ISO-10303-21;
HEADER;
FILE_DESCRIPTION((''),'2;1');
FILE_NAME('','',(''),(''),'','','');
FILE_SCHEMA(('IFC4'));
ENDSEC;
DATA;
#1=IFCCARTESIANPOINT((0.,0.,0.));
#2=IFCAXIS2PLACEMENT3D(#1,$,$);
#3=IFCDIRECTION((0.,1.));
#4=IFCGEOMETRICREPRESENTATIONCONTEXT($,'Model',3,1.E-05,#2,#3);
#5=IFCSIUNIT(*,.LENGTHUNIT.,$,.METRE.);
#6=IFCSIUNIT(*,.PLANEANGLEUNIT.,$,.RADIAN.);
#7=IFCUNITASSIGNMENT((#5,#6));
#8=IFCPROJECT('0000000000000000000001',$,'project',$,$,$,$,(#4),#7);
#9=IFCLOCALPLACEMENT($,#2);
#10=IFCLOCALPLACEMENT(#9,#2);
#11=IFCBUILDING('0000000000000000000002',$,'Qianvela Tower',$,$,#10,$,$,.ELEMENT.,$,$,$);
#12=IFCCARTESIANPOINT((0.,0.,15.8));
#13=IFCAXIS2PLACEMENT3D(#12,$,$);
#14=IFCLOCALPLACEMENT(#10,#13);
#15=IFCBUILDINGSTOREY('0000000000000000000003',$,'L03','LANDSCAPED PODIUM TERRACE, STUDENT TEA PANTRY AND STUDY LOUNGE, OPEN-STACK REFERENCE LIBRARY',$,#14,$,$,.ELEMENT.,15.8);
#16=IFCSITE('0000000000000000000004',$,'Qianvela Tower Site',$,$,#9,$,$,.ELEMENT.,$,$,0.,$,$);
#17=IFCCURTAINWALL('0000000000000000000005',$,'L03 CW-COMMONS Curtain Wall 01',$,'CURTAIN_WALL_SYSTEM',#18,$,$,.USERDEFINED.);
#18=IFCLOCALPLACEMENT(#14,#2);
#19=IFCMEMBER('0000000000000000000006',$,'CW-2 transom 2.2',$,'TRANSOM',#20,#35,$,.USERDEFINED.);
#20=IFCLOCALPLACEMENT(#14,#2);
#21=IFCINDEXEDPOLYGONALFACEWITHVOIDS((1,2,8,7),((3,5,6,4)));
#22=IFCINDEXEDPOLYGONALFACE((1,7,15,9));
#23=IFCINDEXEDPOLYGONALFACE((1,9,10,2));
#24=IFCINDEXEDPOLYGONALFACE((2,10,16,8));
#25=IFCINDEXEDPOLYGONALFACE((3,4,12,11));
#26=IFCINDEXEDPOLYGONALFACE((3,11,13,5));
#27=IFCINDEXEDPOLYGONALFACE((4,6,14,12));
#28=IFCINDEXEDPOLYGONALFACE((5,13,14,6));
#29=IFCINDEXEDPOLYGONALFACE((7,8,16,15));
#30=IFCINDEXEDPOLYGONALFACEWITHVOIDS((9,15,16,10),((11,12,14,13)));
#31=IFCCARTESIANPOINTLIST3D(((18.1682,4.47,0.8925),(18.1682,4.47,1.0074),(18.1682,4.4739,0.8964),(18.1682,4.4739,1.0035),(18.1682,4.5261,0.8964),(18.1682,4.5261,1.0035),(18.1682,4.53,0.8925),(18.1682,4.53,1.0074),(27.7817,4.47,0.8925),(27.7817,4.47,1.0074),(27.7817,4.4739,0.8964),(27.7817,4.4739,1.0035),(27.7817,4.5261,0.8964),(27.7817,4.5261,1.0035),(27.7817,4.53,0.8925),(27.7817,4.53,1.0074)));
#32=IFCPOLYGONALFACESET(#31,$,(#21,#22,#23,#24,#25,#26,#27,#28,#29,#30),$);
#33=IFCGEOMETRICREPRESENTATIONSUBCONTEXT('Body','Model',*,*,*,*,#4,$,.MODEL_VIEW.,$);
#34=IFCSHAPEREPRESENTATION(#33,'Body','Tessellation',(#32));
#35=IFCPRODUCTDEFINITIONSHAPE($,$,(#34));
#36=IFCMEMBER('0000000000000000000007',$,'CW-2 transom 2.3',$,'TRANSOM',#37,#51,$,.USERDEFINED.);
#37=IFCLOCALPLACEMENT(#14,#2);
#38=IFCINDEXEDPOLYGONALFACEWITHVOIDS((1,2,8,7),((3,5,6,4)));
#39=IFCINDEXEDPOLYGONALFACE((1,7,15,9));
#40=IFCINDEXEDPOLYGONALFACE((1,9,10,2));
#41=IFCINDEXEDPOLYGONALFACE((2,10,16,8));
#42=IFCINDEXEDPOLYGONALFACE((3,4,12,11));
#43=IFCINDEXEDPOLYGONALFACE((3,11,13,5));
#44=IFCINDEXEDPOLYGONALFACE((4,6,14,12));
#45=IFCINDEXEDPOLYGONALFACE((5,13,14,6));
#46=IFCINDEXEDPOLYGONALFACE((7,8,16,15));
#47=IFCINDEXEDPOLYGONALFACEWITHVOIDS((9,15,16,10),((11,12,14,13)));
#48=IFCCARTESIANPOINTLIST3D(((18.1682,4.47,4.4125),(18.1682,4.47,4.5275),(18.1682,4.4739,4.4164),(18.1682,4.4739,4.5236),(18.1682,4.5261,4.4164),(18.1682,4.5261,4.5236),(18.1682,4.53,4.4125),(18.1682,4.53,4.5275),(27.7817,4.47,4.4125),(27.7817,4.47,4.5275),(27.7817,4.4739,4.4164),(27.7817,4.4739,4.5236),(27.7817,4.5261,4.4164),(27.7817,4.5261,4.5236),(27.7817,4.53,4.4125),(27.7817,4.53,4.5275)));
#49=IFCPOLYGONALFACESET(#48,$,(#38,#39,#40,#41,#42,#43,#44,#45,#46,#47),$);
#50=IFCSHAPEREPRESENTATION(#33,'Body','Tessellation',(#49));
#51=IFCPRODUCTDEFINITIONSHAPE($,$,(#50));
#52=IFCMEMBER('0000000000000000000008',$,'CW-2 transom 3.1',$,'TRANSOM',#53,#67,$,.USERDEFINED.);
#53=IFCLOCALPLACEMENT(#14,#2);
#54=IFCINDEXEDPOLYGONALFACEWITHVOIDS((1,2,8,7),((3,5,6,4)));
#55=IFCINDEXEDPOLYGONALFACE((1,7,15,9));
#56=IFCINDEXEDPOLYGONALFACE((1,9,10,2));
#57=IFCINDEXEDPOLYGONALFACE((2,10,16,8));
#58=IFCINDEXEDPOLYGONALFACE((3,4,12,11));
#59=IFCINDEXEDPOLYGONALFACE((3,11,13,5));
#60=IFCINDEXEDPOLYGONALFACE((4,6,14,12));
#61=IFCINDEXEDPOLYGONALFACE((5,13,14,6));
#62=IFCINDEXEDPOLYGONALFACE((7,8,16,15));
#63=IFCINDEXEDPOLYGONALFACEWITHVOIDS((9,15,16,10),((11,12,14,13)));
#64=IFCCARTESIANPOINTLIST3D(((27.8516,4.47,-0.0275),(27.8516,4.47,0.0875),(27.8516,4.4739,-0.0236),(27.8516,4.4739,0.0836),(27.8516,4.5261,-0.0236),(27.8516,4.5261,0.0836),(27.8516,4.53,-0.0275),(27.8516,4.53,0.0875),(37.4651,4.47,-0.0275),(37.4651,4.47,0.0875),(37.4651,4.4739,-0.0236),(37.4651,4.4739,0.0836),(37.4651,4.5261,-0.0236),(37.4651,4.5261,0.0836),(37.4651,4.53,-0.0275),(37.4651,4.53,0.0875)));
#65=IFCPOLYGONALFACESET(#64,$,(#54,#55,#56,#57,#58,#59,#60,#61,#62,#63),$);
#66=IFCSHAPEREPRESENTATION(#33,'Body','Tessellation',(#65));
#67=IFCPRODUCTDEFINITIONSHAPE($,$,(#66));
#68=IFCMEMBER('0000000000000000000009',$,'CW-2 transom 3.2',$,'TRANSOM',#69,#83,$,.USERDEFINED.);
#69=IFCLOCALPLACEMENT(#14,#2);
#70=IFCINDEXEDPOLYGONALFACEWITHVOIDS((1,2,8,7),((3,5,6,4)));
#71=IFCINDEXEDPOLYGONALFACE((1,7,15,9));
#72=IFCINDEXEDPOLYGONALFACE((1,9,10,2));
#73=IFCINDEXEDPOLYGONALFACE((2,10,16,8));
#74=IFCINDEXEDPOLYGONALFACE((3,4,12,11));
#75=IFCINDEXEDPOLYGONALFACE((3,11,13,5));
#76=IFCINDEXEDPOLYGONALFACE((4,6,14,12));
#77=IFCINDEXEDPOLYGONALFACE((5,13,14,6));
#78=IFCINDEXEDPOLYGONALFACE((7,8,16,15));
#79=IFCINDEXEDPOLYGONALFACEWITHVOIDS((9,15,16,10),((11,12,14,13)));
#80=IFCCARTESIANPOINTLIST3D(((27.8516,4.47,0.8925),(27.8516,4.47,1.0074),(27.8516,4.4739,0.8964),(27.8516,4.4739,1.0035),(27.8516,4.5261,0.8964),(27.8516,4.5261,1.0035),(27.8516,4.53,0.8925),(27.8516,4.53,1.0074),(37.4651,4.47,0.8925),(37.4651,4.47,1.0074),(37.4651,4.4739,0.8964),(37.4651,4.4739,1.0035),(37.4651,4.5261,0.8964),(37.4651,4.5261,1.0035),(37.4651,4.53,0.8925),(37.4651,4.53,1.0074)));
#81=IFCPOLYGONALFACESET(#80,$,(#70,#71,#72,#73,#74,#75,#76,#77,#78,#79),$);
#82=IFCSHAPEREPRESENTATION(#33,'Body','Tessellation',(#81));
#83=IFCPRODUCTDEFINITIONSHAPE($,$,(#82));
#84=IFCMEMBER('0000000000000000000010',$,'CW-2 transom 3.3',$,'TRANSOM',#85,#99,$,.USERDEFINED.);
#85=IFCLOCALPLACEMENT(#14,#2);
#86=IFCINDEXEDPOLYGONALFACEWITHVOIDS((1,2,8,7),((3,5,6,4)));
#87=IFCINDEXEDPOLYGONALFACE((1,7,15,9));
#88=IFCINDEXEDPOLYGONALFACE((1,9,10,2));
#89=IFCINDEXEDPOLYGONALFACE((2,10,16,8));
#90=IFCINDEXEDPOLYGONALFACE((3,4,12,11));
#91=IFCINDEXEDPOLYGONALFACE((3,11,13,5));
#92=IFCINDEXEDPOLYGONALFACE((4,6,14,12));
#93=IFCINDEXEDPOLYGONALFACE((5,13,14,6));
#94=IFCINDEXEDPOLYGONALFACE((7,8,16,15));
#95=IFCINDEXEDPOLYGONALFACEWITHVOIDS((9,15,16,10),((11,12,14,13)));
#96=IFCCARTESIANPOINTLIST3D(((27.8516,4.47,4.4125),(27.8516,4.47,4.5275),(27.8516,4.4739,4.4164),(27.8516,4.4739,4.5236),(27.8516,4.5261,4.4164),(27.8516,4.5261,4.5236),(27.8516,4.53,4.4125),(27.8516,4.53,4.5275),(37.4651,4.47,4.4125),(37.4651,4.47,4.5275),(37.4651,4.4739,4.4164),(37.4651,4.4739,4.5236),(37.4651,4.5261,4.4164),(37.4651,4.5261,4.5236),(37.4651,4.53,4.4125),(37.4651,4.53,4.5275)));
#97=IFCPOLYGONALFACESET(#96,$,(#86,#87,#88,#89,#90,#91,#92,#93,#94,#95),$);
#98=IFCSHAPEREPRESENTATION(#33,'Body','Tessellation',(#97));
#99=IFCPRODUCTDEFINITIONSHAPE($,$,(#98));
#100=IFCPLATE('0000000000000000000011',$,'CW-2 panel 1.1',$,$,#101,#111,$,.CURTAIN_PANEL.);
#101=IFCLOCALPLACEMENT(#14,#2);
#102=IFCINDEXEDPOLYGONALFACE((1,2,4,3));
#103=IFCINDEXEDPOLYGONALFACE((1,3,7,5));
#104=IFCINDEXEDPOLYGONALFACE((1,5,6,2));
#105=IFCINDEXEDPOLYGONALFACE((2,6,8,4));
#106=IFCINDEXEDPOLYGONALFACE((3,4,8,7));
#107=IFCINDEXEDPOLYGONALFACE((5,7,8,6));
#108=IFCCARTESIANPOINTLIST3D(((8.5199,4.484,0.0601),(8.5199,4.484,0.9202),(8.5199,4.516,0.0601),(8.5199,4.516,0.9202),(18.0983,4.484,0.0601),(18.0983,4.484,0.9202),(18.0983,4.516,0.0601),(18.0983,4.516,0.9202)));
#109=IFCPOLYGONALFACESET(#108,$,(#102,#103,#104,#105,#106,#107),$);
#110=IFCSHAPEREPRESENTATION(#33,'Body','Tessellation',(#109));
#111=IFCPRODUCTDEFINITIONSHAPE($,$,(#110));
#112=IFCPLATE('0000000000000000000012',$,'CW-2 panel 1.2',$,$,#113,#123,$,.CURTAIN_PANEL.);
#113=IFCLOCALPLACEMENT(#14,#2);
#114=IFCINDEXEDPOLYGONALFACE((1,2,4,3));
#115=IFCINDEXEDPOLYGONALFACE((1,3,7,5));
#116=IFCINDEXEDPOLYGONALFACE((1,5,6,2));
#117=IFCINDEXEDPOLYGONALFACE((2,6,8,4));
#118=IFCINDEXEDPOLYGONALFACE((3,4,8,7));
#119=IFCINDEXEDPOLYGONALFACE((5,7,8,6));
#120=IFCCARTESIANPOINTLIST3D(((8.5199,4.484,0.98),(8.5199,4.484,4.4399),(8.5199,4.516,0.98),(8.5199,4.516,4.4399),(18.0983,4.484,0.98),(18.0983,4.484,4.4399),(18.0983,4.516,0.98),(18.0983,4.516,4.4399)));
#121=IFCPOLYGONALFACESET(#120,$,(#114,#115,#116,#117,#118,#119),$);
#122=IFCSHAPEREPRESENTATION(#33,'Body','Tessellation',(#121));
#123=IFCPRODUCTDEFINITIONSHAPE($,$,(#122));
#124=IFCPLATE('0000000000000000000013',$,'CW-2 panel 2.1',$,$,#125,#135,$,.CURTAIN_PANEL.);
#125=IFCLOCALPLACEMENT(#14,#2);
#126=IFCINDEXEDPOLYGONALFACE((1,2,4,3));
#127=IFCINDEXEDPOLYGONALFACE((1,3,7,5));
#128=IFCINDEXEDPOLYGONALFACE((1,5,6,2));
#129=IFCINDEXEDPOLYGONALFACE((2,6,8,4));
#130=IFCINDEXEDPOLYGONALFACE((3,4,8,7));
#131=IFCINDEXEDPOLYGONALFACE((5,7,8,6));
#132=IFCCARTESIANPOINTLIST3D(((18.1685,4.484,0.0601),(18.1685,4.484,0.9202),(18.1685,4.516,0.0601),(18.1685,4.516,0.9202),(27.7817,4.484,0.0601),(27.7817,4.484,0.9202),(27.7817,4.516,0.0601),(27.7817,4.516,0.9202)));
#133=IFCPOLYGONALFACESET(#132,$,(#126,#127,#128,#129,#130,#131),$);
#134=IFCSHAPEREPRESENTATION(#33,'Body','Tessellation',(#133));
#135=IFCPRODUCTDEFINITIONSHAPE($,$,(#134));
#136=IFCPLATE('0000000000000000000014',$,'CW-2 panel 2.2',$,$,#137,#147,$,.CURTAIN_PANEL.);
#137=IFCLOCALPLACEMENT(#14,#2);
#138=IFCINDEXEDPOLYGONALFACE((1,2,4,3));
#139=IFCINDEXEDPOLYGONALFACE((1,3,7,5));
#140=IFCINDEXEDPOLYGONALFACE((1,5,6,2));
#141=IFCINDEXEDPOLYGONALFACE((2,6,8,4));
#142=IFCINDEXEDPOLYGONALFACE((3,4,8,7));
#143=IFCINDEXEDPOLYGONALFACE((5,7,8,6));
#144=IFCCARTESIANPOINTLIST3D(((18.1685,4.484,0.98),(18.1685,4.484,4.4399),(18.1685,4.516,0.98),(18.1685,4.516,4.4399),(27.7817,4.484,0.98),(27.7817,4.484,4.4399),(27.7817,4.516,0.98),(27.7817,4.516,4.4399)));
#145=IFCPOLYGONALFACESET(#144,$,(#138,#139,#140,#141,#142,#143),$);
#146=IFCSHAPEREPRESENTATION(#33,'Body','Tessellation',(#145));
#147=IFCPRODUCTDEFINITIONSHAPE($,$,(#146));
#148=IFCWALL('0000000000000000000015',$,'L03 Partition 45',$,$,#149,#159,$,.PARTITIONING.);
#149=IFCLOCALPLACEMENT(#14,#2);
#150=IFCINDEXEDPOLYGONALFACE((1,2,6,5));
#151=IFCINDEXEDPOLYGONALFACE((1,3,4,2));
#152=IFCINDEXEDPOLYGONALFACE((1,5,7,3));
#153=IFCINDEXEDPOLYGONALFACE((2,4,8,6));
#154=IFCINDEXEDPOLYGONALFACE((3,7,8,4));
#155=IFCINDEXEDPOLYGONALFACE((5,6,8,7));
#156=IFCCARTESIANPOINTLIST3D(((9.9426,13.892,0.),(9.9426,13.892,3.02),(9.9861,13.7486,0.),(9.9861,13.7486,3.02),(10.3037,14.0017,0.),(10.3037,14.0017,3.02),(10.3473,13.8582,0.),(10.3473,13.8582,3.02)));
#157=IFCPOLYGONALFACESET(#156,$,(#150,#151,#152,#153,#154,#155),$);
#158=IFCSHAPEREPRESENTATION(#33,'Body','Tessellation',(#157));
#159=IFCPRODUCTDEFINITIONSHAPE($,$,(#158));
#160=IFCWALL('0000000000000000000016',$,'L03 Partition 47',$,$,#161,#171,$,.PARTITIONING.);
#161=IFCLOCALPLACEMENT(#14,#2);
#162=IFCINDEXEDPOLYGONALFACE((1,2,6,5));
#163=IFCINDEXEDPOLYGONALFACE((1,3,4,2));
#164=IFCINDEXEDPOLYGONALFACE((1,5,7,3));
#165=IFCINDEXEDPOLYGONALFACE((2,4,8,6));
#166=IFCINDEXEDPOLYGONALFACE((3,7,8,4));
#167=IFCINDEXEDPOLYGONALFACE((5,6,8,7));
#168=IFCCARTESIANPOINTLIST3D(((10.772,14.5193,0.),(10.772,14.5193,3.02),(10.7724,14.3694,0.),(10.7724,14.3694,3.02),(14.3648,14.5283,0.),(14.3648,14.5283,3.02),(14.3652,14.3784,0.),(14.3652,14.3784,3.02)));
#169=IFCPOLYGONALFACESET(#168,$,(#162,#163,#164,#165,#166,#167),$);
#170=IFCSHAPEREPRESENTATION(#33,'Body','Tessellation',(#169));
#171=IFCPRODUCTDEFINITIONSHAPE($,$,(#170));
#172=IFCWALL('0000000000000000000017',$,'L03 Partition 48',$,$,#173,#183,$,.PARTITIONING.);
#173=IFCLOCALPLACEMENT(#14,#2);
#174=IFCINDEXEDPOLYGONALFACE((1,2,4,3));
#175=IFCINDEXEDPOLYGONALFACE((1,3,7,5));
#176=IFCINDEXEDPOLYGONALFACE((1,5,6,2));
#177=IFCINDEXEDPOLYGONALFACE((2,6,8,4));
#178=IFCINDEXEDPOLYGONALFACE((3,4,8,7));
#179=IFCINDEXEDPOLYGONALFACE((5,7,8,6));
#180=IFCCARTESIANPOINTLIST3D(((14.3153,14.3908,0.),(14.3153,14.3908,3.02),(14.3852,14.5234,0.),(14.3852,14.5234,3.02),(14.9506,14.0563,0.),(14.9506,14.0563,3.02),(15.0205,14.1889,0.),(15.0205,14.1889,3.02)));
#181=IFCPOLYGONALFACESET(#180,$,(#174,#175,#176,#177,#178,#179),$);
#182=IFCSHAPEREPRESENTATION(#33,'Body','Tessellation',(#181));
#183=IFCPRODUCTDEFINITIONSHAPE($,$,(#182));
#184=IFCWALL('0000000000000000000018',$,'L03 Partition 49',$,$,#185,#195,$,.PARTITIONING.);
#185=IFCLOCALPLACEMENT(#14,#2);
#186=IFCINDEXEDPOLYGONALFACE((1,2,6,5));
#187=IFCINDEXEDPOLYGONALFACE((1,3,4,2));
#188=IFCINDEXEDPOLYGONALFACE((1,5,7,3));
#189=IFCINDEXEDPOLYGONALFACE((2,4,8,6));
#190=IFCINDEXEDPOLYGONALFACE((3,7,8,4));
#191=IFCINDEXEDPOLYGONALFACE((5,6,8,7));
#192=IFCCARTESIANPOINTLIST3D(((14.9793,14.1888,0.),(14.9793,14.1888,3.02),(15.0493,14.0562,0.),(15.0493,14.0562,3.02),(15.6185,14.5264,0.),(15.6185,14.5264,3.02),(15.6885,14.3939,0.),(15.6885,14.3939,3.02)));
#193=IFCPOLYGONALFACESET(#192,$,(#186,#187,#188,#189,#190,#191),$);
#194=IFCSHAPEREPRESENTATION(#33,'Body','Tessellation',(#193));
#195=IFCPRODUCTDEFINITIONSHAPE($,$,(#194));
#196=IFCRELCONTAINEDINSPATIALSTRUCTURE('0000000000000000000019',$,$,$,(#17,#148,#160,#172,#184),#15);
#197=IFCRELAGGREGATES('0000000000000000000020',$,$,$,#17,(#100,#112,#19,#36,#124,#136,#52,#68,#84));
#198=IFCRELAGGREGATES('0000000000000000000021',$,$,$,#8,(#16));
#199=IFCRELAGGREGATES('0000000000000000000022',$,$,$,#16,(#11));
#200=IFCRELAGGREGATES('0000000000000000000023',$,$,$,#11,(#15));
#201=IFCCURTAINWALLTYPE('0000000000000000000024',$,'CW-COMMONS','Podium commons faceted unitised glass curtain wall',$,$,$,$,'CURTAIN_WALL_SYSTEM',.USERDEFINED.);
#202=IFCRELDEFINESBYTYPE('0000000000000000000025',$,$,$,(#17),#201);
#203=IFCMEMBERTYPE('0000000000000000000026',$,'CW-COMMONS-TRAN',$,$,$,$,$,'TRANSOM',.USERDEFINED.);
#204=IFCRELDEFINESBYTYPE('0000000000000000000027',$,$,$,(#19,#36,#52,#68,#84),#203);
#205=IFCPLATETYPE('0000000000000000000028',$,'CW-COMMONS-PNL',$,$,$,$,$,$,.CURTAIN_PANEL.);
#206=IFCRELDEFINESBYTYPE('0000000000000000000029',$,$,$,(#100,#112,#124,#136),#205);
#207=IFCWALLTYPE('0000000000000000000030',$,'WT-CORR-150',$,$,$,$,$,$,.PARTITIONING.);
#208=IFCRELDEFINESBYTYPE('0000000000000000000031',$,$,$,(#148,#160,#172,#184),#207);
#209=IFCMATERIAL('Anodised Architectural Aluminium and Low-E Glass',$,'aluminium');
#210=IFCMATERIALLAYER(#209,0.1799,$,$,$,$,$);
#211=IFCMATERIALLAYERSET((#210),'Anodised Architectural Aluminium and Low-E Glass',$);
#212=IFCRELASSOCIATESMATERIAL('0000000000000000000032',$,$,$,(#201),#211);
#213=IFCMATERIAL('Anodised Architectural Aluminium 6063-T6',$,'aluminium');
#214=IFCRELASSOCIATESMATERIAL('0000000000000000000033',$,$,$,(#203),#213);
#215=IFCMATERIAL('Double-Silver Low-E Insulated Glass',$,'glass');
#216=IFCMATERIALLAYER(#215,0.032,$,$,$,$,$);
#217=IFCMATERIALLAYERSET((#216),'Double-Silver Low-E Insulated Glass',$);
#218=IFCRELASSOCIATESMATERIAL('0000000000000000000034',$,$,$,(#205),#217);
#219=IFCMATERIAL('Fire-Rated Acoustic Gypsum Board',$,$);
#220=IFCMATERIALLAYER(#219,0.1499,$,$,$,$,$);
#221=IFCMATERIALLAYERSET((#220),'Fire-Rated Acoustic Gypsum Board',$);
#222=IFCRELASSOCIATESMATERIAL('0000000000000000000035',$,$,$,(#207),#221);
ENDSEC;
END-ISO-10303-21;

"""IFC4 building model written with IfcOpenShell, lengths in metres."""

from ifc_helpers import new_model, si_unit, direction, frame, frame_2d, origin, origin_2d, place, context, subcontext, project, spatial, rectangle, hollow_rectangle, extrude, material, layer, layer_set, material_profile, profile_set, type_object, element, aggregate, save


model = new_model("IFC4")

# Units and contexts
model_context = context("Model", 3, precision=1e-05, world=origin(), true_north=direction((0.0, 1.0)))
body_context = subcontext(model_context, "Body", "Model", "MODEL_VIEW")
ifc_project = project(units=[si_unit("LENGTHUNIT", "METRE"), si_unit("PLANEANGLEUNIT", "RADIAN")], contexts=[model_context])

# Site, building, storey
site_placement = place(None, origin())
site = spatial("IfcSite", under=ifc_project, at=site_placement, Name="Qianvela Tower Site", CompositionType="ELEMENT", RefElevation=0.0)
building_placement = place(site_placement, origin())
building = spatial("IfcBuilding", under=site, at=building_placement, Name="Qianvela Tower", CompositionType="ELEMENT")
storey_placement = place(building_placement, frame((0.0, 0.0, 15.8)))
storey = spatial("IfcBuildingStorey", under=building, at=storey_placement, Name="L03", Description="LANDSCAPED PODIUM TERRACE, STUDENT TEA PANTRY AND STUDY LOUNGE, OPEN-STACK REFERENCE LIBRARY", CompositionType="ELEMENT", Elevation=15.8)

# Curtain wall, members, plates
ifc_material_1 = material(Name="Anodised Architectural Aluminium and Low-E Glass", Category="aluminium")
ifc_layer_1 = layer(ifc_material_1, 0.1799)
ifc_layer_set_1 = layer_set([ifc_layer_1], Name="Anodised Architectural Aluminium and Low-E Glass")
curtain_wall_type = type_object("IfcCurtainWallType", Name="CW-COMMONS", Description="Podium commons faceted unitised glass curtain wall", ElementType="CURTAIN_WALL_SYSTEM", PredefinedType="USERDEFINED", material=ifc_layer_set_1)
curtain_wall_placement = place(storey_placement, origin())
curtain_wall = element("IfcCurtainWall", 1, at=curtain_wall_placement, inside=storey, type_object=curtain_wall_type, Name="L03 CW-COMMONS Curtain Wall 01", ObjectType="CURTAIN_WALL_SYSTEM", PredefinedType="USERDEFINED")
ifc_material_2 = material(Name="Anodised Architectural Aluminium 6063-T6", Category="aluminium")
ifc_material_profile_1 = material_profile(ifc_material_2, hollow_rectangle(XDim=0.0601, YDim=0.115, WallThickness=0.0039, at=origin_2d()), Name="ALU-TRAN-60x115")
ifc_profile_set_1 = profile_set([ifc_material_profile_1], Name="Anodised Architectural Aluminium 6063-T6")
member_type_1 = type_object("IfcMemberType", Name="CW-COMMONS-TRAN", ElementType="TRANSOM", PredefinedType="USERDEFINED", material=ifc_profile_set_1)
member_1_placement = place(storey_placement, frame((18.1682, 4.5, 0.95), z_axis=(1.0, 0.0, 0.0), x_axis=(0.0, 1.0, 0.0)))
member_1 = element("IfcMember", 2, at=member_1_placement, type_object=member_type_1, Name="CW-2 transom 2.2", ObjectType="TRANSOM", PredefinedType="USERDEFINED", context=body_context, shape_type="SweptSolid", body=[
    extrude(hollow_rectangle(XDim=0.0601, YDim=0.115, WallThickness=0.0039, at=origin_2d()), origin(), (0.0, 0.0, 1.0), 9.6135),
])
member_2_placement = place(storey_placement, frame((18.1682, 4.5, 4.47), z_axis=(1.0, 0.0, 0.0), x_axis=(0.0, 1.0, 0.0)))
member_2 = element("IfcMember", 3, at=member_2_placement, type_object=member_type_1, Name="CW-2 transom 2.3", ObjectType="TRANSOM", PredefinedType="USERDEFINED", context=body_context, shape_type="SweptSolid", body=[
    extrude(hollow_rectangle(XDim=0.0601, YDim=0.115, WallThickness=0.0039, at=origin_2d()), origin(), (0.0, 0.0, 1.0), 9.6135),
])
member_3_placement = place(storey_placement, frame((27.8516, 4.5, 0.03), z_axis=(1.0, 0.0, 0.0), x_axis=(0.0, 1.0, 0.0)))
member_3 = element("IfcMember", 4, at=member_3_placement, type_object=member_type_1, Name="CW-2 transom 3.1", ObjectType="TRANSOM", PredefinedType="USERDEFINED", context=body_context, shape_type="SweptSolid", body=[
    extrude(hollow_rectangle(XDim=0.0601, YDim=0.115, WallThickness=0.0039, at=origin_2d()), origin(), (0.0, 0.0, 1.0), 9.6135),
])
member_4_placement = place(storey_placement, frame((27.8516, 4.5, 0.95), z_axis=(1.0, 0.0, 0.0), x_axis=(0.0, 1.0, 0.0)))
member_4 = element("IfcMember", 5, at=member_4_placement, type_object=member_type_1, Name="CW-2 transom 3.2", ObjectType="TRANSOM", PredefinedType="USERDEFINED", context=body_context, shape_type="SweptSolid", body=[
    extrude(hollow_rectangle(XDim=0.0601, YDim=0.115, WallThickness=0.0039, at=origin_2d()), origin(), (0.0, 0.0, 1.0), 9.6135),
])
member_5_placement = place(storey_placement, frame((27.8516, 4.5, 4.47), z_axis=(1.0, 0.0, 0.0), x_axis=(0.0, 1.0, 0.0)))
member_5 = element("IfcMember", 6, at=member_5_placement, type_object=member_type_1, Name="CW-2 transom 3.3", ObjectType="TRANSOM", PredefinedType="USERDEFINED", context=body_context, shape_type="SweptSolid", body=[
    extrude(hollow_rectangle(XDim=0.0601, YDim=0.115, WallThickness=0.0039, at=origin_2d()), origin(), (0.0, 0.0, 1.0), 9.6135),
])
ifc_material_3 = material(Name="Double-Silver Low-E Insulated Glass", Category="glass")
ifc_layer_2 = layer(ifc_material_3, 0.032)
ifc_layer_set_2 = layer_set([ifc_layer_2], Name="Double-Silver Low-E Insulated Glass")
plate_type = type_object("IfcPlateType", Name="CW-COMMONS-PNL", PredefinedType="CURTAIN_PANEL", material=ifc_layer_set_2)
plate_1_placement = place(storey_placement, frame((13.3091, 4.5, 0.0601), z_axis=(0.0, 0.0, 1.0), x_axis=(1.0, 0.0, 0.0)))
plate_1 = element("IfcPlate", 7, at=plate_1_placement, type_object=plate_type, Name="CW-2 panel 1.1", PredefinedType="CURTAIN_PANEL", context=body_context, shape_type="SweptSolid", body=[
    extrude(rectangle(XDim=9.5784, YDim=0.032, at=origin_2d()), origin(), (0.0, 0.0, 1.0), 0.8601),
])
plate_2_placement = place(storey_placement, frame((13.3091, 4.5, 0.98), z_axis=(0.0, 0.0, 1.0), x_axis=(1.0, 0.0, 0.0)))
plate_2 = element("IfcPlate", 8, at=plate_2_placement, type_object=plate_type, Name="CW-2 panel 1.2", PredefinedType="CURTAIN_PANEL", context=body_context, shape_type="SweptSolid", body=[
    extrude(rectangle(XDim=9.5784, YDim=0.032, at=origin_2d()), origin(), (0.0, 0.0, 1.0), 3.46),
])
plate_3_placement = place(storey_placement, frame((22.9751, 4.5, 0.0601), z_axis=(0.0, 0.0, 1.0), x_axis=(1.0, 0.0, 0.0)))
plate_3 = element("IfcPlate", 9, at=plate_3_placement, type_object=plate_type, Name="CW-2 panel 2.1", PredefinedType="CURTAIN_PANEL", context=body_context, shape_type="SweptSolid", body=[
    extrude(rectangle(XDim=9.6133, YDim=0.032, at=origin_2d()), origin(), (0.0, 0.0, 1.0), 0.8601),
])
plate_4_placement = place(storey_placement, frame((22.9751, 4.5, 0.98), z_axis=(0.0, 0.0, 1.0), x_axis=(1.0, 0.0, 0.0)))
plate_4 = element("IfcPlate", 10, at=plate_4_placement, type_object=plate_type, Name="CW-2 panel 2.2", PredefinedType="CURTAIN_PANEL", context=body_context, shape_type="SweptSolid", body=[
    extrude(rectangle(XDim=9.6133, YDim=0.032, at=origin_2d()), origin(), (0.0, 0.0, 1.0), 3.46),
])
aggregate(curtain_wall, [plate_1, plate_2, member_1, member_2, plate_3, plate_4, member_3, member_4, member_5])

# Walls
ifc_material_4 = material(Name="Fire-Rated Acoustic Gypsum Board")
ifc_layer_3 = layer(ifc_material_4, 0.1499)
ifc_layer_set_3 = layer_set([ifc_layer_3], Name="Fire-Rated Acoustic Gypsum Board")
wall_type = type_object("IfcWallType", Name="WT-CORR-150", PredefinedType="PARTITIONING", material=ifc_layer_set_3)
wall_1_placement = place(storey_placement, frame((9.9644, 13.8203, 0.0), z_axis=(0.0, 0.0, 1.0), x_axis=(0.956877, 0.290492, 0.0)))
element("IfcWall", 11, at=wall_1_placement, inside=storey, type_object=wall_type, Name="L03 Partition 45", PredefinedType="PARTITIONING", context=body_context, shape_type="SweptSolid", body=[
    extrude(rectangle(XDim=0.3774, YDim=0.1499, at=frame_2d((0.1887, 0.0))), origin(), (0.0, 0.0, 1.0), 3.02),
])
wall_2_placement = place(storey_placement, frame((10.7722, 14.4443, 0.0), z_axis=(0.0, 0.0, 1.0), x_axis=(0.999997, 0.002514, 0.0)))
element("IfcWall", 12, at=wall_2_placement, inside=storey, type_object=wall_type, Name="L03 Partition 47", PredefinedType="PARTITIONING", context=body_context, shape_type="SweptSolid", body=[
    extrude(rectangle(XDim=3.5928, YDim=0.1499, at=frame_2d((1.7964, 0.0))), origin(), (0.0, 0.0, 1.0), 3.02),
])
wall_3_placement = place(storey_placement, frame((14.3503, 14.457, 0.0), z_axis=(0.0, 0.0, 1.0), x_axis=(0.884844, -0.465887, 0.0)))
element("IfcWall", 13, at=wall_3_placement, inside=storey, type_object=wall_type, Name="L03 Partition 48", PredefinedType="PARTITIONING", context=body_context, shape_type="SweptSolid", body=[
    extrude(rectangle(XDim=0.718, YDim=0.1499, at=frame_2d((0.3589, 0.0))), origin(), (0.0, 0.0, 1.0), 3.02),
])
wall_4_placement = place(storey_placement, frame((15.0144, 14.1226, 0.0), z_axis=(0.0, 0.0, 1.0), x_axis=(0.884207, 0.467096, 0.0)))
element("IfcWall", 14, at=wall_4_placement, inside=storey, type_object=wall_type, Name="L03 Partition 49", PredefinedType="PARTITIONING", context=body_context, shape_type="SweptSolid", body=[
    extrude(rectangle(XDim=0.7229, YDim=0.1499, at=frame_2d((0.3613, 0.0))), origin(), (0.0, 0.0, 1.0), 3.02),
])

save(model, "model.ifc")
